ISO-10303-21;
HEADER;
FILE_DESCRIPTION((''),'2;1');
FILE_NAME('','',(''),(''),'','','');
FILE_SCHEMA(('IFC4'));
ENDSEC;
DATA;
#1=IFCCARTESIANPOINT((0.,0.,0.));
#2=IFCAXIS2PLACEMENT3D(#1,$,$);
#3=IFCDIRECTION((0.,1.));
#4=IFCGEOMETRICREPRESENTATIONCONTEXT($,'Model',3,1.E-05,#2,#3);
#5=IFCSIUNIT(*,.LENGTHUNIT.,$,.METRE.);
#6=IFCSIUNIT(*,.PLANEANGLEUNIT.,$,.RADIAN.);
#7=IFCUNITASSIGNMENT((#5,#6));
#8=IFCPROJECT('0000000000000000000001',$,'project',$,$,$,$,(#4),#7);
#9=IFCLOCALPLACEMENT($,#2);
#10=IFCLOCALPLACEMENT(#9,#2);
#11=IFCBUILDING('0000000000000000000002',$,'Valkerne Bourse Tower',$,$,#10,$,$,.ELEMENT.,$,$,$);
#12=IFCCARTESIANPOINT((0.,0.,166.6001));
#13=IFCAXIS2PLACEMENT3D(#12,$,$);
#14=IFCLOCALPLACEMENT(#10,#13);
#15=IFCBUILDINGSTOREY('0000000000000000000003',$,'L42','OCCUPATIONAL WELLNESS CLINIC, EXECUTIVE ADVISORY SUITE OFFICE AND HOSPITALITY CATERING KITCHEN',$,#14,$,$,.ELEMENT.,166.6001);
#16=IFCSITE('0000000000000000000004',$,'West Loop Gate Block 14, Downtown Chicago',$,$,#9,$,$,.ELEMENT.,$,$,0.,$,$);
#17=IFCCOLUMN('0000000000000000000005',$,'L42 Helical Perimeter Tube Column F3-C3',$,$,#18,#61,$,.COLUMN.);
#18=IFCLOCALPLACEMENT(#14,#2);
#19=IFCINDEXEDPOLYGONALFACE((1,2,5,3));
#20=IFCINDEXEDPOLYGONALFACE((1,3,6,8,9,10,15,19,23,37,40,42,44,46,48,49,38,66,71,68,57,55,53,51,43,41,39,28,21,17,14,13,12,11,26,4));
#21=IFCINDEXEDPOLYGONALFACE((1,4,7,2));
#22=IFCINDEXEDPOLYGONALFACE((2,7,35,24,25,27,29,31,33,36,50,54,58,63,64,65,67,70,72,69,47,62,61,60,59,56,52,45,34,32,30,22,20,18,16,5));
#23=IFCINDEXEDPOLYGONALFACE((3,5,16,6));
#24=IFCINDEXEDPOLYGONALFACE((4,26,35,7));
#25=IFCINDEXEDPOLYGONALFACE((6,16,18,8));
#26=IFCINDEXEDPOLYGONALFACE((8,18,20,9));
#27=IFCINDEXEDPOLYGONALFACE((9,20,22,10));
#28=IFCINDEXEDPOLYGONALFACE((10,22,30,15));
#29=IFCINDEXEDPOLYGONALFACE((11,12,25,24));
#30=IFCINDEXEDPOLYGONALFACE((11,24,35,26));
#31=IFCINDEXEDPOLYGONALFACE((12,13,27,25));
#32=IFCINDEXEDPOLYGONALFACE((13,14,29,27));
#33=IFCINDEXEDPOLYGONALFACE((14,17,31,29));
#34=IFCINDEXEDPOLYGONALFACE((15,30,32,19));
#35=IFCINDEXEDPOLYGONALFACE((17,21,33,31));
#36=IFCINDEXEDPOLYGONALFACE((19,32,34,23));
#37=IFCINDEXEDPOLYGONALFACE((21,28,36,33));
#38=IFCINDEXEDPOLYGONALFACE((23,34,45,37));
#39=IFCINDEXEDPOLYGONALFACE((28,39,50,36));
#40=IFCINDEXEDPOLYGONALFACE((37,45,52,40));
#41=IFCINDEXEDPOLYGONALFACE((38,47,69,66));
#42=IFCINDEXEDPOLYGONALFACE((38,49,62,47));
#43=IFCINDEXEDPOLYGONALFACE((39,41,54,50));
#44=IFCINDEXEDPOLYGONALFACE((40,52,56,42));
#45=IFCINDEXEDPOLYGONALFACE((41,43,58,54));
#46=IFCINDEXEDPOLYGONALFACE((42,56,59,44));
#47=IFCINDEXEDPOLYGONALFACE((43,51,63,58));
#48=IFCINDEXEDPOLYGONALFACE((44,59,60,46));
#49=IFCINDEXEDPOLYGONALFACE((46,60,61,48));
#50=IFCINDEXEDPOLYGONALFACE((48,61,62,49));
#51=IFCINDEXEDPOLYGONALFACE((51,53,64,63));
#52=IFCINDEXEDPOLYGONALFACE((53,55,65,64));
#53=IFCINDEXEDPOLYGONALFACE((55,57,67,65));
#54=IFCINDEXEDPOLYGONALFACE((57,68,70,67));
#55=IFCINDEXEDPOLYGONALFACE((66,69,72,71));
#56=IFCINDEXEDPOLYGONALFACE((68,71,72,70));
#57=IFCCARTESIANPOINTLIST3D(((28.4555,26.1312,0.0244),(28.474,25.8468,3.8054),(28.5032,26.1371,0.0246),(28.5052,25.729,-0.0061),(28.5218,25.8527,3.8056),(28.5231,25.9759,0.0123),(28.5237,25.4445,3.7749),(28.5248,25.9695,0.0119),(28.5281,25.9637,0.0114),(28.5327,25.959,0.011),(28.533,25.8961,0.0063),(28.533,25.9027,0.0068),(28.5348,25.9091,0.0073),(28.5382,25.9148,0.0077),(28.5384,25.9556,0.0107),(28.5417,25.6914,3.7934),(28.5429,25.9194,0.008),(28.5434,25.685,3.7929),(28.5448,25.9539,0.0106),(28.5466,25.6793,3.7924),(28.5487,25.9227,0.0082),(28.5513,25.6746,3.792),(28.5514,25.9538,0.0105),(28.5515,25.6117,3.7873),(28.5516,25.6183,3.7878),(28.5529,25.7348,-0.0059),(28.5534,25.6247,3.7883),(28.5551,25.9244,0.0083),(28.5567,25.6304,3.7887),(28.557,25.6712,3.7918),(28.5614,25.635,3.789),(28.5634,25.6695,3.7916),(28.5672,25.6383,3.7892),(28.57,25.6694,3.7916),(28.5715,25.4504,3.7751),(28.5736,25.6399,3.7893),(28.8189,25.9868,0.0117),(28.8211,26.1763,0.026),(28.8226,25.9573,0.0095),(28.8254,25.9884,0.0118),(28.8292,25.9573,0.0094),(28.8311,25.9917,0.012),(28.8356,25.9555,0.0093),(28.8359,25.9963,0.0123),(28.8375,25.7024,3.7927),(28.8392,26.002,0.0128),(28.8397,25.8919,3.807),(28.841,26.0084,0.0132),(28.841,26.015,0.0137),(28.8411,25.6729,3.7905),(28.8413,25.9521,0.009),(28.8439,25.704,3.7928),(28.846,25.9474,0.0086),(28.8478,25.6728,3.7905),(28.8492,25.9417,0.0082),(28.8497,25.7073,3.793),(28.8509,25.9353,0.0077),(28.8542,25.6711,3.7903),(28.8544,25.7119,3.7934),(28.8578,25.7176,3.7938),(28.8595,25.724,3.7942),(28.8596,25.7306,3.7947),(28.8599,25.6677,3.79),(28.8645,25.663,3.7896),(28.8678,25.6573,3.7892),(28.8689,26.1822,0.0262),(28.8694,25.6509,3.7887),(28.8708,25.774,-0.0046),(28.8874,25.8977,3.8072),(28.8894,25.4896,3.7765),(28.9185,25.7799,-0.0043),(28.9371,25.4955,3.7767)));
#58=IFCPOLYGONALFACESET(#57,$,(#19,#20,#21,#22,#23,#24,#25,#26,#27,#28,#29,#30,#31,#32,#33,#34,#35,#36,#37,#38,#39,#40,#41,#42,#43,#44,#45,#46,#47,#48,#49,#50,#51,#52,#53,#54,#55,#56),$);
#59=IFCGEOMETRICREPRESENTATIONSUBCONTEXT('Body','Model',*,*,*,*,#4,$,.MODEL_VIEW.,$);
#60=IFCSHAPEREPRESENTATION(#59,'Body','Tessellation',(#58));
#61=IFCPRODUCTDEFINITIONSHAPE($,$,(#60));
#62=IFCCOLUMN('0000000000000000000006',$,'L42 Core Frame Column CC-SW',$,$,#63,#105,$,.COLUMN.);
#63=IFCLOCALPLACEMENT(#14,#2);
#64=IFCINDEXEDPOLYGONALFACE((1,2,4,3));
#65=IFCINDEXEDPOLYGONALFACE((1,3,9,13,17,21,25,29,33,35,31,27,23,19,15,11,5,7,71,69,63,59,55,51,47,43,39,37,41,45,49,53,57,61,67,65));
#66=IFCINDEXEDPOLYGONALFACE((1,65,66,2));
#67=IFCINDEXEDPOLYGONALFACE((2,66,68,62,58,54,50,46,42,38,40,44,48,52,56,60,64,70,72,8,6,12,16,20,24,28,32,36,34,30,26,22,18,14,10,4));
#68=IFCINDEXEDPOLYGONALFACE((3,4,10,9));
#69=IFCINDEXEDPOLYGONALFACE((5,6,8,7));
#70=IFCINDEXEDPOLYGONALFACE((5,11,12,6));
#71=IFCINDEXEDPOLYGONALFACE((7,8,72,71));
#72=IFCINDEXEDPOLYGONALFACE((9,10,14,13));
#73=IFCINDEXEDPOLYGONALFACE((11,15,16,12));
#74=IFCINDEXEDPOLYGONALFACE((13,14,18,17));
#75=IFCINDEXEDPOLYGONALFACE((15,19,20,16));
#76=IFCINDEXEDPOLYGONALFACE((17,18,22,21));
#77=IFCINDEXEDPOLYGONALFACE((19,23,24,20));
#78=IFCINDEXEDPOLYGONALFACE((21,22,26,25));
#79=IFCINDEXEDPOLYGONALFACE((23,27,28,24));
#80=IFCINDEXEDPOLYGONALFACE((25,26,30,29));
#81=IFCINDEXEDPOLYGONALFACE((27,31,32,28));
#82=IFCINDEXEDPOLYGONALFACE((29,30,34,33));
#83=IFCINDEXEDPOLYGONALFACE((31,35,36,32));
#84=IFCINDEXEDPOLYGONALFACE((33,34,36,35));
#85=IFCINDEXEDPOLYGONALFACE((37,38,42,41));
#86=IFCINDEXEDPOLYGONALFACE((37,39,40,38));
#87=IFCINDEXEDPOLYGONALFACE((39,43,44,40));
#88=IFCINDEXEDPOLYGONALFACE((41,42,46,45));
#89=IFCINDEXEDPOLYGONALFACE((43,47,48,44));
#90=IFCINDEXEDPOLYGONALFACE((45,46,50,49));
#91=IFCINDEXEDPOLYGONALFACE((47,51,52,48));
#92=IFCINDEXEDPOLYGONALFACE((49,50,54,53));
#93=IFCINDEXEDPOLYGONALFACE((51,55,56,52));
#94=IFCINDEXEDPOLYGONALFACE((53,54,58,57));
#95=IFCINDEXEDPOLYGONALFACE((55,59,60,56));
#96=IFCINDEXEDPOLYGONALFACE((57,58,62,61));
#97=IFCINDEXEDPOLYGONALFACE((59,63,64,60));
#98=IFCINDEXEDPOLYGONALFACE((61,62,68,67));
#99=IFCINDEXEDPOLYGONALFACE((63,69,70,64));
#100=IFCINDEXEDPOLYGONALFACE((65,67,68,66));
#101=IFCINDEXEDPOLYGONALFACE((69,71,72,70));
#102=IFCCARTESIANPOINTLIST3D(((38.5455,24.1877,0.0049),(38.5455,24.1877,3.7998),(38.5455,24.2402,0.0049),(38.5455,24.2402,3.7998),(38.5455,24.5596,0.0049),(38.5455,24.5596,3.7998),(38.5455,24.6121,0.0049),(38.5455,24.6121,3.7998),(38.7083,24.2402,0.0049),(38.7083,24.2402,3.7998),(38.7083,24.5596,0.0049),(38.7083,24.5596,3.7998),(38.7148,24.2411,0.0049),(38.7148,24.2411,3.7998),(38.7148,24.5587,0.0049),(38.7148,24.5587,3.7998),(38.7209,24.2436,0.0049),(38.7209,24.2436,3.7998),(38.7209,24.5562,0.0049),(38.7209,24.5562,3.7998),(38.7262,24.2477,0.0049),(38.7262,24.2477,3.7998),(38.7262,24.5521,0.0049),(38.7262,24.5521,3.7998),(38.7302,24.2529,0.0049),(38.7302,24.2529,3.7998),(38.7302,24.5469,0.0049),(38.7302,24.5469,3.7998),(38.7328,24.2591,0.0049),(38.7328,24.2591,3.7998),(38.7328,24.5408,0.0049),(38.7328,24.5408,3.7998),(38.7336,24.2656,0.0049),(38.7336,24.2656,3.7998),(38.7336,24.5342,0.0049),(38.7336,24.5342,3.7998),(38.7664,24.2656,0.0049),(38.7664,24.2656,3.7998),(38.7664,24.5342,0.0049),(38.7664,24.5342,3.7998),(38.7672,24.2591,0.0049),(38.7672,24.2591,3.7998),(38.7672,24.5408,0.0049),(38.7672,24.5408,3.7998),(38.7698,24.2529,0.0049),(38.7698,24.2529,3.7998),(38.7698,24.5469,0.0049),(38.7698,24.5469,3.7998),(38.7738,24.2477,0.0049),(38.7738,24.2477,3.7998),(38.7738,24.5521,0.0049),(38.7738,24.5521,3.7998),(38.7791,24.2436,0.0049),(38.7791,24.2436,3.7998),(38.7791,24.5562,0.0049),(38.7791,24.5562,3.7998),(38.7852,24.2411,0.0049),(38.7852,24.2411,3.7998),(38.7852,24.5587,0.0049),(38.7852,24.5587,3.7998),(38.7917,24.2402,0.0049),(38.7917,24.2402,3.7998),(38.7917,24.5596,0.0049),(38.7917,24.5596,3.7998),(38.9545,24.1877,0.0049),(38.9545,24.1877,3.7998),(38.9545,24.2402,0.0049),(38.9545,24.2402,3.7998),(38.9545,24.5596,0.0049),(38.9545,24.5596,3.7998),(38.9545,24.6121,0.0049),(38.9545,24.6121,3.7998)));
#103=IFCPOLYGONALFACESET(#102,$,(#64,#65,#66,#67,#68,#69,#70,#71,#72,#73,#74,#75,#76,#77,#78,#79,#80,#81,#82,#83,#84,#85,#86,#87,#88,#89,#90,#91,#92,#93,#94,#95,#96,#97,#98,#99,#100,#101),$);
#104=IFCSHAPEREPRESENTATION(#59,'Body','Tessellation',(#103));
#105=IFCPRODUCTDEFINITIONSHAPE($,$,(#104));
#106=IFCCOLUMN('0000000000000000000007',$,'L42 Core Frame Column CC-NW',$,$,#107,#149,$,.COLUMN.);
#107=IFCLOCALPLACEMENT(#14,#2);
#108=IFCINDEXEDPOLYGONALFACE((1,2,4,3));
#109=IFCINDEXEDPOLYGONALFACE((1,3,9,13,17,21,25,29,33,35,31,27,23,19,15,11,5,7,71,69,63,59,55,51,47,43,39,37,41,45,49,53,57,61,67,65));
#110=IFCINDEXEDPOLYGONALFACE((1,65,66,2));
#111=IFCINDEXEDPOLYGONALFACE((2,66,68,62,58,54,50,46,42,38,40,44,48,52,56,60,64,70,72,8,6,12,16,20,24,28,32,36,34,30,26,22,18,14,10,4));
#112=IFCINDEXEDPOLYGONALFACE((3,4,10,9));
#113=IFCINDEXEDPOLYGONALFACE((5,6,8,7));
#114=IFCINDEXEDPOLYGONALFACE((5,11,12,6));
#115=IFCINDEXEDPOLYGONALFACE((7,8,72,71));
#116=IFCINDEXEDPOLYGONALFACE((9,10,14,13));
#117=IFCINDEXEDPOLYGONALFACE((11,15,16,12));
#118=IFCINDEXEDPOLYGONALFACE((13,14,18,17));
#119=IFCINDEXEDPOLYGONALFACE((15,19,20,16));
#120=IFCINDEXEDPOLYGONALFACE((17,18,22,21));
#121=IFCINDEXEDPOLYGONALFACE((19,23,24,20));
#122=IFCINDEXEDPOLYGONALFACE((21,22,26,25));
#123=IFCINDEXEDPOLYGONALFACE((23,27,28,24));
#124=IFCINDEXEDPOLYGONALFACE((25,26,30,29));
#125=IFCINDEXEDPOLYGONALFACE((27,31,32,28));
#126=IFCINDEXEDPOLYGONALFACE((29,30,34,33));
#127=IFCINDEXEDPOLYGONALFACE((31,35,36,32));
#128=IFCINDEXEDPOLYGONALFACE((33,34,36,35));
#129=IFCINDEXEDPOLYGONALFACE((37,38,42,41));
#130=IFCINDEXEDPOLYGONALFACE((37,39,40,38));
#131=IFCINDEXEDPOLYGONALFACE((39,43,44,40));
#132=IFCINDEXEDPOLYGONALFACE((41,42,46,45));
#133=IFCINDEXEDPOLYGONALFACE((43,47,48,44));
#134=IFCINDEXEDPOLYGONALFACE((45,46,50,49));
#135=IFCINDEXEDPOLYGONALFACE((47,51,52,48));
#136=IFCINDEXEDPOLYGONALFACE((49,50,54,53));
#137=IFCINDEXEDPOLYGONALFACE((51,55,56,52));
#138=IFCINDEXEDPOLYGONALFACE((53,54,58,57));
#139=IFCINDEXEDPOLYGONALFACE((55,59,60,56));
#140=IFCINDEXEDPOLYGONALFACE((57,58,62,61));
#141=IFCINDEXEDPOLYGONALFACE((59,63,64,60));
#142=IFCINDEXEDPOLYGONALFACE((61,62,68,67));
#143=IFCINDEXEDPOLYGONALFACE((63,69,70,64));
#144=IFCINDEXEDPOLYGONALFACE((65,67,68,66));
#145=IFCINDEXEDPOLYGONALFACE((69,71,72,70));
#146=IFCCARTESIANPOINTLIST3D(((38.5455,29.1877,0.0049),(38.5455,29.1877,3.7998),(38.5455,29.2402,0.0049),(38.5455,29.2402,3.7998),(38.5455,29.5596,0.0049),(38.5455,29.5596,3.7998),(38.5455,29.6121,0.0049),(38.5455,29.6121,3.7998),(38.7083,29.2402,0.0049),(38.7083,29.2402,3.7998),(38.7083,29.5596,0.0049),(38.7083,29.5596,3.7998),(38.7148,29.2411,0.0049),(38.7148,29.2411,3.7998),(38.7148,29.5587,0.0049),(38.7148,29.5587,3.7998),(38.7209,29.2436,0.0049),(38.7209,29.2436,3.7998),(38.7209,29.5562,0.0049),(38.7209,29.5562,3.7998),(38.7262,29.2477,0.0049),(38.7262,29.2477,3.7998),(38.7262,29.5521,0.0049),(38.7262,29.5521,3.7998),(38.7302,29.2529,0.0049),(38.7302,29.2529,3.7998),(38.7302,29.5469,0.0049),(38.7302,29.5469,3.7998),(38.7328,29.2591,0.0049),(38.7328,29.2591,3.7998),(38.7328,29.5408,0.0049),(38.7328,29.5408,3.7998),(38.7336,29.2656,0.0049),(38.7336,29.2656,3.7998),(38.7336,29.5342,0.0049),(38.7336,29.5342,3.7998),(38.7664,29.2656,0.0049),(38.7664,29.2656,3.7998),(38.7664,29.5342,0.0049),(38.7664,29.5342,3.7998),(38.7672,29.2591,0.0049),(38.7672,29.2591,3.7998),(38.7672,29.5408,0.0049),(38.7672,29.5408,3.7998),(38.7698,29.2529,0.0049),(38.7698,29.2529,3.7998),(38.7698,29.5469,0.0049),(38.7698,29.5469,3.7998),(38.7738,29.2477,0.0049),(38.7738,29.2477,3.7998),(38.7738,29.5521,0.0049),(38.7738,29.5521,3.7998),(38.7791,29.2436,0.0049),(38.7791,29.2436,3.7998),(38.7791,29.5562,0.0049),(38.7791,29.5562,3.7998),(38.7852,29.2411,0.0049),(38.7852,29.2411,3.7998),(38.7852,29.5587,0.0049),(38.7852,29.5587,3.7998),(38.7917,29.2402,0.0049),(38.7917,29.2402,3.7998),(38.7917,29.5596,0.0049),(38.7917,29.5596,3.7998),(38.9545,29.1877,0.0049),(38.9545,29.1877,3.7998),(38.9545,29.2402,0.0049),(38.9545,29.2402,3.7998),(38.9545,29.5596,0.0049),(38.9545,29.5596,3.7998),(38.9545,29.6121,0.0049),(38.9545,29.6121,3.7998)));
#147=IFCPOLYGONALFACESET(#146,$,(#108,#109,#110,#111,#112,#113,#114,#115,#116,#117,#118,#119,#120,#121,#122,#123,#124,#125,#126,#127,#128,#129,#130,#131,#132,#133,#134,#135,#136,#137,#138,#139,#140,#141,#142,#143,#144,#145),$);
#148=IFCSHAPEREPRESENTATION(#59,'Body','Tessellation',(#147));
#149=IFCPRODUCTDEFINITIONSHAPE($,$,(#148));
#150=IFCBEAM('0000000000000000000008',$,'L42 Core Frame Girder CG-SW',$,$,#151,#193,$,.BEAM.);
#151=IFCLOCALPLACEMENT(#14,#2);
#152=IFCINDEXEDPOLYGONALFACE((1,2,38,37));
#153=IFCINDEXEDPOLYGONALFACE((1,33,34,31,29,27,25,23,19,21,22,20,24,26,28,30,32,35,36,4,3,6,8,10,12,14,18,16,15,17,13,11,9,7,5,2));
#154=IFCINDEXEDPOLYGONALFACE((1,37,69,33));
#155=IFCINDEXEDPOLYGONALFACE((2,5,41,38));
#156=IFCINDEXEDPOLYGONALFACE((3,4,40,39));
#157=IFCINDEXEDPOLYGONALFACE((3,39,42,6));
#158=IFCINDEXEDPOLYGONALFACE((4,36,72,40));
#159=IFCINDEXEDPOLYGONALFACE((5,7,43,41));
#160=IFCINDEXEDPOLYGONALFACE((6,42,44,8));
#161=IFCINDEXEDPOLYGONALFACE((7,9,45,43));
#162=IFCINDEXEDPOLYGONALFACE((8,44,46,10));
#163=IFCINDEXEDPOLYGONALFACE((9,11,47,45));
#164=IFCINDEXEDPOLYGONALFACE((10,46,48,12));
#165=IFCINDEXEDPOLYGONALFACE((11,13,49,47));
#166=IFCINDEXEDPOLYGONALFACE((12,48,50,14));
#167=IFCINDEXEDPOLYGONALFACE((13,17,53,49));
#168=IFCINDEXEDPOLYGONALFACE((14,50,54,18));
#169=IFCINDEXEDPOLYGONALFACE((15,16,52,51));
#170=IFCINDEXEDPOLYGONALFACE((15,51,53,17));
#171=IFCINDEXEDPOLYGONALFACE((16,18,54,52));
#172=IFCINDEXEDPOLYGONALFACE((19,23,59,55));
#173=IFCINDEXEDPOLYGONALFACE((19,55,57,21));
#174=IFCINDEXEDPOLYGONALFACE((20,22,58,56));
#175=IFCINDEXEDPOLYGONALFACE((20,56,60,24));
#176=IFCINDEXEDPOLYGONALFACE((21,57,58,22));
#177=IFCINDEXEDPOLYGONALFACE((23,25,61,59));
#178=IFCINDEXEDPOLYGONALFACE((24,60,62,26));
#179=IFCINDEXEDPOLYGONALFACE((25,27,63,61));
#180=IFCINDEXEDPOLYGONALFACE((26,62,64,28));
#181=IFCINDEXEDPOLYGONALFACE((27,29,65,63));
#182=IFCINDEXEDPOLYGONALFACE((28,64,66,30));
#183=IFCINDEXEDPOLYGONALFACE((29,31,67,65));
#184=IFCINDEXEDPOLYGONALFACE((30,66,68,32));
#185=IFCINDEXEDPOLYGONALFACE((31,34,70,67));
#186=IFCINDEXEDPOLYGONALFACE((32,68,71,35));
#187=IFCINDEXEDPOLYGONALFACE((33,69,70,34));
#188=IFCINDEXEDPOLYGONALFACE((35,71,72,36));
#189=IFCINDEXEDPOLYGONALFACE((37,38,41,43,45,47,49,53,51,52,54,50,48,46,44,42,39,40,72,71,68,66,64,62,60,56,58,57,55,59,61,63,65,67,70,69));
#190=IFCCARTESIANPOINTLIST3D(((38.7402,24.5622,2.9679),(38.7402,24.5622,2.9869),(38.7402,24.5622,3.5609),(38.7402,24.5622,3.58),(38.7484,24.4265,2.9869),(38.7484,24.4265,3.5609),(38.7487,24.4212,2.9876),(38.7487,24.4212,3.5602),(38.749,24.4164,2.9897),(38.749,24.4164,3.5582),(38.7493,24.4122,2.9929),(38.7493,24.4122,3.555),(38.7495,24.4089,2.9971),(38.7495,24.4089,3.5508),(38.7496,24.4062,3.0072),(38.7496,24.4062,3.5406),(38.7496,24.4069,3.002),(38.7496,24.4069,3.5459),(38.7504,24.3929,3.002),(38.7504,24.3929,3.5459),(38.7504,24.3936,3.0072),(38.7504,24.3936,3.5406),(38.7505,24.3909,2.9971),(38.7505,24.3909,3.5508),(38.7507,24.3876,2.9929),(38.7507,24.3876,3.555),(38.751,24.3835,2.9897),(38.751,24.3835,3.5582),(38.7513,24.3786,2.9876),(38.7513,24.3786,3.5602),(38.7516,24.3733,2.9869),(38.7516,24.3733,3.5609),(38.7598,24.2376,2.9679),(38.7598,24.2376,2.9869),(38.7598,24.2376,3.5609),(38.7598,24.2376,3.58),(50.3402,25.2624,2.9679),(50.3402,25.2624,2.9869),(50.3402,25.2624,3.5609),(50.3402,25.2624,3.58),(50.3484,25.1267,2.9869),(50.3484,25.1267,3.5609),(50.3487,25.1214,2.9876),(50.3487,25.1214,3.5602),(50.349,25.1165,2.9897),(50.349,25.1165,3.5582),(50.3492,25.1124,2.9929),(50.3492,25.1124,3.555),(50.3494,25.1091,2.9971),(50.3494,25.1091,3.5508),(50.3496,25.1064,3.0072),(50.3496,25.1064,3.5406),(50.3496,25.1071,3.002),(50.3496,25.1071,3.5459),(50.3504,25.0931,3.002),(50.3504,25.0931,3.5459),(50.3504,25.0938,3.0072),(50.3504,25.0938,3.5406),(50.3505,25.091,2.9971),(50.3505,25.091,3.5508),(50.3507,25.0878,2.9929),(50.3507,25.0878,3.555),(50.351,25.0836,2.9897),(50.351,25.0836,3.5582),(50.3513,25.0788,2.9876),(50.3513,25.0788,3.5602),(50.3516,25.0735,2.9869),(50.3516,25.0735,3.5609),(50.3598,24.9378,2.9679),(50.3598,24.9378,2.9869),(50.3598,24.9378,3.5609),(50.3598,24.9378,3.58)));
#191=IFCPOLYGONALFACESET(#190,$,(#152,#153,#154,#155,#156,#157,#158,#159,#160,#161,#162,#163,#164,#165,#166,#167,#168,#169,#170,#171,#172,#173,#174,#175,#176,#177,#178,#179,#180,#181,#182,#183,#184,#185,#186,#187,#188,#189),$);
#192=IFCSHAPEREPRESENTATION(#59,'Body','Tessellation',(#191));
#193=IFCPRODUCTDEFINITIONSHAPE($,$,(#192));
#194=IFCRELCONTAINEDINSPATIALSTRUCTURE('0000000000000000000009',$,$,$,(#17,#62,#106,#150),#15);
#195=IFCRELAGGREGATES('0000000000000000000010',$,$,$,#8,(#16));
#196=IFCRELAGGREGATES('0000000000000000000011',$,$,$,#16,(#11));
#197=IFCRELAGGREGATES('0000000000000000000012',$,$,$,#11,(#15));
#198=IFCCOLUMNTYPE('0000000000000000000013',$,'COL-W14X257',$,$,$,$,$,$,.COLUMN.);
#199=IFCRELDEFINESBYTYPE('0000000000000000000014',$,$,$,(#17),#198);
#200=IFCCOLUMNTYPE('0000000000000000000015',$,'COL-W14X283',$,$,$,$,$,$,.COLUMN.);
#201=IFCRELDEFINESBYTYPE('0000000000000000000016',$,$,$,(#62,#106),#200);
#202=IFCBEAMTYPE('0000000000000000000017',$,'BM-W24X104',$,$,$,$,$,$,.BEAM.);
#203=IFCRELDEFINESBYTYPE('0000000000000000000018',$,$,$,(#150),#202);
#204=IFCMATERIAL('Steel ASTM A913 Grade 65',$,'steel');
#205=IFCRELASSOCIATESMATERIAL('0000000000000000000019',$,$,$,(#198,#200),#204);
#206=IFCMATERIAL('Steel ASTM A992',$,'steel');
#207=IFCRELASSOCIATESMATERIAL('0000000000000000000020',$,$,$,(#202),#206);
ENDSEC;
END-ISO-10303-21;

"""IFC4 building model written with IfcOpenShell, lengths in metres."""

from ifc_helpers import new_model, si_unit, direction, frame, origin, origin_2d, place, context, subcontext, project, spatial, i_section, extrude, material, material_profile, profile_set, type_object, element, save


model = new_model("IFC4")

# Units and contexts
model_context = context("Model", 3, precision=1e-05, world=origin(), true_north=direction((0.0, 1.0)))
body_context = subcontext(model_context, "Body", "Model", "MODEL_VIEW")
ifc_project = project(units=[si_unit("LENGTHUNIT", "METRE"), si_unit("PLANEANGLEUNIT", "RADIAN")], contexts=[model_context])

# Site, building, storey
site_placement = place(None, origin())
site = spatial("IfcSite", under=ifc_project, at=site_placement, Name="West Loop Gate Block 14, Downtown Chicago", CompositionType="ELEMENT", RefElevation=0.0)
building_placement = place(site_placement, origin())
building = spatial("IfcBuilding", under=site, at=building_placement, Name="Valkerne Bourse Tower", CompositionType="ELEMENT")
storey_placement = place(building_placement, frame((0.0, 0.0, 166.6001)))
storey = spatial("IfcBuildingStorey", under=building, at=storey_placement, Name="L42", Description="OCCUPATIONAL WELLNESS CLINIC, EXECUTIVE ADVISORY SUITE OFFICE AND HOSPITALITY CATERING KITCHEN", CompositionType="ELEMENT", Elevation=166.6001)

# Columns
ifc_material_1 = material(Name="Steel ASTM A913 Grade 65", Category="steel")
ifc_material_profile_1 = material_profile(ifc_material_1, i_section(OverallWidth=0.4065, OverallDepth=0.4165, WebThickness=0.0298, FlangeThickness=0.0481, FilletRadius=0.0254, at=origin_2d()), Name="W14X257")
ifc_profile_set_1 = profile_set([ifc_material_profile_1], Name="Steel ASTM A913 Grade 65")
column_type_1 = type_object("IfcColumnType", Name="COL-W14X257", PredefinedType="COLUMN", material=ifc_profile_set_1)
column_placement = place(storey_placement, frame((28.687, 25.9556, 0.01), z_axis=(0.004893, -0.075012, 0.997171), x_axis=(0.122248, -0.989658, -0.075046)))
element("IfcColumn", 1, at=column_placement, inside=storey, type_object=column_type_1, Name="L42 Helical Perimeter Tube Column F3-C3", PredefinedType="COLUMN", context=body_context, shape_type="SweptSolid", body=[
    extrude(i_section(OverallWidth=0.4065, OverallDepth=0.4165, WebThickness=0.0298, FlangeThickness=0.0481, FilletRadius=0.0254, at=origin_2d()), origin(), (0.0, 0.0, 1.0), 3.7917),
])
ifc_material_profile_2 = material_profile(ifc_material_1, i_section(OverallWidth=0.4089, OverallDepth=0.4243, WebThickness=0.0327, FlangeThickness=0.0525, FilletRadius=0.0254, at=origin_2d()), Name="W14X283")
ifc_profile_set_2 = profile_set([ifc_material_profile_2], Name="Steel ASTM A913 Grade 65")
column_type_2 = type_object("IfcColumnType", Name="COL-W14X283", PredefinedType="COLUMN", material=ifc_profile_set_2)
for number, where, z_axis, x_axis, name in (
    (2, (38.75, 24.3999, 0.0049), (0.0, 0.0, 1.0), (1.0, 0.0, 0.0), "L42 Core Frame Column CC-SW"),
    (3, (38.75, 29.3999, 0.0049), (0.0, 0.0, 1.0), (1.0, 0.0, 0.0), "L42 Core Frame Column CC-NW"),
):
    element("IfcColumn", number, at=place(storey_placement, frame(where, z_axis=z_axis, x_axis=x_axis)), inside=storey, type_object=column_type_2, Name=name, PredefinedType="COLUMN", context=body_context, shape_type="SweptSolid", body=[
        extrude(i_section(OverallWidth=0.4089, OverallDepth=0.4243, WebThickness=0.0327, FlangeThickness=0.0525, FilletRadius=0.0254, at=origin_2d()), origin(), (0.0, 0.0, 1.0), 3.7949),
    ])

# Beam
ifc_material_2 = material(Name="Steel ASTM A992", Category="steel")
ifc_material_profile_3 = material_profile(ifc_material_2, i_section(OverallWidth=0.3252, OverallDepth=0.6121, WebThickness=0.0127, FlangeThickness=0.019, FilletRadius=0.0203, at=origin_2d()), Name="W24X104")
ifc_profile_set_3 = profile_set([ifc_material_profile_3], Name="Steel ASTM A992")
beam_type_1 = type_object("IfcBeamType", Name="BM-W24X104", PredefinedType="BEAM", material=ifc_profile_set_3)
beam_1_placement = place(storey_placement, frame((38.75, 24.3999, 3.2739), z_axis=(0.998183, 0.060251, 0.0), x_axis=(-0.060251, 0.998183, 0.0)))
element("IfcBeam", 4, at=beam_1_placement, inside=storey, type_object=beam_type_1, Name="L42 Core Frame Girder CG-SW", PredefinedType="BEAM", context=body_context, shape_type="SweptSolid", body=[
    extrude(i_section(OverallWidth=0.3252, OverallDepth=0.6121, WebThickness=0.0127, FlangeThickness=0.019, FilletRadius=0.0203, at=origin_2d()), origin(), (0.0, 0.0, 1.0), 11.6211),
])

save(model, "model.ifc")
